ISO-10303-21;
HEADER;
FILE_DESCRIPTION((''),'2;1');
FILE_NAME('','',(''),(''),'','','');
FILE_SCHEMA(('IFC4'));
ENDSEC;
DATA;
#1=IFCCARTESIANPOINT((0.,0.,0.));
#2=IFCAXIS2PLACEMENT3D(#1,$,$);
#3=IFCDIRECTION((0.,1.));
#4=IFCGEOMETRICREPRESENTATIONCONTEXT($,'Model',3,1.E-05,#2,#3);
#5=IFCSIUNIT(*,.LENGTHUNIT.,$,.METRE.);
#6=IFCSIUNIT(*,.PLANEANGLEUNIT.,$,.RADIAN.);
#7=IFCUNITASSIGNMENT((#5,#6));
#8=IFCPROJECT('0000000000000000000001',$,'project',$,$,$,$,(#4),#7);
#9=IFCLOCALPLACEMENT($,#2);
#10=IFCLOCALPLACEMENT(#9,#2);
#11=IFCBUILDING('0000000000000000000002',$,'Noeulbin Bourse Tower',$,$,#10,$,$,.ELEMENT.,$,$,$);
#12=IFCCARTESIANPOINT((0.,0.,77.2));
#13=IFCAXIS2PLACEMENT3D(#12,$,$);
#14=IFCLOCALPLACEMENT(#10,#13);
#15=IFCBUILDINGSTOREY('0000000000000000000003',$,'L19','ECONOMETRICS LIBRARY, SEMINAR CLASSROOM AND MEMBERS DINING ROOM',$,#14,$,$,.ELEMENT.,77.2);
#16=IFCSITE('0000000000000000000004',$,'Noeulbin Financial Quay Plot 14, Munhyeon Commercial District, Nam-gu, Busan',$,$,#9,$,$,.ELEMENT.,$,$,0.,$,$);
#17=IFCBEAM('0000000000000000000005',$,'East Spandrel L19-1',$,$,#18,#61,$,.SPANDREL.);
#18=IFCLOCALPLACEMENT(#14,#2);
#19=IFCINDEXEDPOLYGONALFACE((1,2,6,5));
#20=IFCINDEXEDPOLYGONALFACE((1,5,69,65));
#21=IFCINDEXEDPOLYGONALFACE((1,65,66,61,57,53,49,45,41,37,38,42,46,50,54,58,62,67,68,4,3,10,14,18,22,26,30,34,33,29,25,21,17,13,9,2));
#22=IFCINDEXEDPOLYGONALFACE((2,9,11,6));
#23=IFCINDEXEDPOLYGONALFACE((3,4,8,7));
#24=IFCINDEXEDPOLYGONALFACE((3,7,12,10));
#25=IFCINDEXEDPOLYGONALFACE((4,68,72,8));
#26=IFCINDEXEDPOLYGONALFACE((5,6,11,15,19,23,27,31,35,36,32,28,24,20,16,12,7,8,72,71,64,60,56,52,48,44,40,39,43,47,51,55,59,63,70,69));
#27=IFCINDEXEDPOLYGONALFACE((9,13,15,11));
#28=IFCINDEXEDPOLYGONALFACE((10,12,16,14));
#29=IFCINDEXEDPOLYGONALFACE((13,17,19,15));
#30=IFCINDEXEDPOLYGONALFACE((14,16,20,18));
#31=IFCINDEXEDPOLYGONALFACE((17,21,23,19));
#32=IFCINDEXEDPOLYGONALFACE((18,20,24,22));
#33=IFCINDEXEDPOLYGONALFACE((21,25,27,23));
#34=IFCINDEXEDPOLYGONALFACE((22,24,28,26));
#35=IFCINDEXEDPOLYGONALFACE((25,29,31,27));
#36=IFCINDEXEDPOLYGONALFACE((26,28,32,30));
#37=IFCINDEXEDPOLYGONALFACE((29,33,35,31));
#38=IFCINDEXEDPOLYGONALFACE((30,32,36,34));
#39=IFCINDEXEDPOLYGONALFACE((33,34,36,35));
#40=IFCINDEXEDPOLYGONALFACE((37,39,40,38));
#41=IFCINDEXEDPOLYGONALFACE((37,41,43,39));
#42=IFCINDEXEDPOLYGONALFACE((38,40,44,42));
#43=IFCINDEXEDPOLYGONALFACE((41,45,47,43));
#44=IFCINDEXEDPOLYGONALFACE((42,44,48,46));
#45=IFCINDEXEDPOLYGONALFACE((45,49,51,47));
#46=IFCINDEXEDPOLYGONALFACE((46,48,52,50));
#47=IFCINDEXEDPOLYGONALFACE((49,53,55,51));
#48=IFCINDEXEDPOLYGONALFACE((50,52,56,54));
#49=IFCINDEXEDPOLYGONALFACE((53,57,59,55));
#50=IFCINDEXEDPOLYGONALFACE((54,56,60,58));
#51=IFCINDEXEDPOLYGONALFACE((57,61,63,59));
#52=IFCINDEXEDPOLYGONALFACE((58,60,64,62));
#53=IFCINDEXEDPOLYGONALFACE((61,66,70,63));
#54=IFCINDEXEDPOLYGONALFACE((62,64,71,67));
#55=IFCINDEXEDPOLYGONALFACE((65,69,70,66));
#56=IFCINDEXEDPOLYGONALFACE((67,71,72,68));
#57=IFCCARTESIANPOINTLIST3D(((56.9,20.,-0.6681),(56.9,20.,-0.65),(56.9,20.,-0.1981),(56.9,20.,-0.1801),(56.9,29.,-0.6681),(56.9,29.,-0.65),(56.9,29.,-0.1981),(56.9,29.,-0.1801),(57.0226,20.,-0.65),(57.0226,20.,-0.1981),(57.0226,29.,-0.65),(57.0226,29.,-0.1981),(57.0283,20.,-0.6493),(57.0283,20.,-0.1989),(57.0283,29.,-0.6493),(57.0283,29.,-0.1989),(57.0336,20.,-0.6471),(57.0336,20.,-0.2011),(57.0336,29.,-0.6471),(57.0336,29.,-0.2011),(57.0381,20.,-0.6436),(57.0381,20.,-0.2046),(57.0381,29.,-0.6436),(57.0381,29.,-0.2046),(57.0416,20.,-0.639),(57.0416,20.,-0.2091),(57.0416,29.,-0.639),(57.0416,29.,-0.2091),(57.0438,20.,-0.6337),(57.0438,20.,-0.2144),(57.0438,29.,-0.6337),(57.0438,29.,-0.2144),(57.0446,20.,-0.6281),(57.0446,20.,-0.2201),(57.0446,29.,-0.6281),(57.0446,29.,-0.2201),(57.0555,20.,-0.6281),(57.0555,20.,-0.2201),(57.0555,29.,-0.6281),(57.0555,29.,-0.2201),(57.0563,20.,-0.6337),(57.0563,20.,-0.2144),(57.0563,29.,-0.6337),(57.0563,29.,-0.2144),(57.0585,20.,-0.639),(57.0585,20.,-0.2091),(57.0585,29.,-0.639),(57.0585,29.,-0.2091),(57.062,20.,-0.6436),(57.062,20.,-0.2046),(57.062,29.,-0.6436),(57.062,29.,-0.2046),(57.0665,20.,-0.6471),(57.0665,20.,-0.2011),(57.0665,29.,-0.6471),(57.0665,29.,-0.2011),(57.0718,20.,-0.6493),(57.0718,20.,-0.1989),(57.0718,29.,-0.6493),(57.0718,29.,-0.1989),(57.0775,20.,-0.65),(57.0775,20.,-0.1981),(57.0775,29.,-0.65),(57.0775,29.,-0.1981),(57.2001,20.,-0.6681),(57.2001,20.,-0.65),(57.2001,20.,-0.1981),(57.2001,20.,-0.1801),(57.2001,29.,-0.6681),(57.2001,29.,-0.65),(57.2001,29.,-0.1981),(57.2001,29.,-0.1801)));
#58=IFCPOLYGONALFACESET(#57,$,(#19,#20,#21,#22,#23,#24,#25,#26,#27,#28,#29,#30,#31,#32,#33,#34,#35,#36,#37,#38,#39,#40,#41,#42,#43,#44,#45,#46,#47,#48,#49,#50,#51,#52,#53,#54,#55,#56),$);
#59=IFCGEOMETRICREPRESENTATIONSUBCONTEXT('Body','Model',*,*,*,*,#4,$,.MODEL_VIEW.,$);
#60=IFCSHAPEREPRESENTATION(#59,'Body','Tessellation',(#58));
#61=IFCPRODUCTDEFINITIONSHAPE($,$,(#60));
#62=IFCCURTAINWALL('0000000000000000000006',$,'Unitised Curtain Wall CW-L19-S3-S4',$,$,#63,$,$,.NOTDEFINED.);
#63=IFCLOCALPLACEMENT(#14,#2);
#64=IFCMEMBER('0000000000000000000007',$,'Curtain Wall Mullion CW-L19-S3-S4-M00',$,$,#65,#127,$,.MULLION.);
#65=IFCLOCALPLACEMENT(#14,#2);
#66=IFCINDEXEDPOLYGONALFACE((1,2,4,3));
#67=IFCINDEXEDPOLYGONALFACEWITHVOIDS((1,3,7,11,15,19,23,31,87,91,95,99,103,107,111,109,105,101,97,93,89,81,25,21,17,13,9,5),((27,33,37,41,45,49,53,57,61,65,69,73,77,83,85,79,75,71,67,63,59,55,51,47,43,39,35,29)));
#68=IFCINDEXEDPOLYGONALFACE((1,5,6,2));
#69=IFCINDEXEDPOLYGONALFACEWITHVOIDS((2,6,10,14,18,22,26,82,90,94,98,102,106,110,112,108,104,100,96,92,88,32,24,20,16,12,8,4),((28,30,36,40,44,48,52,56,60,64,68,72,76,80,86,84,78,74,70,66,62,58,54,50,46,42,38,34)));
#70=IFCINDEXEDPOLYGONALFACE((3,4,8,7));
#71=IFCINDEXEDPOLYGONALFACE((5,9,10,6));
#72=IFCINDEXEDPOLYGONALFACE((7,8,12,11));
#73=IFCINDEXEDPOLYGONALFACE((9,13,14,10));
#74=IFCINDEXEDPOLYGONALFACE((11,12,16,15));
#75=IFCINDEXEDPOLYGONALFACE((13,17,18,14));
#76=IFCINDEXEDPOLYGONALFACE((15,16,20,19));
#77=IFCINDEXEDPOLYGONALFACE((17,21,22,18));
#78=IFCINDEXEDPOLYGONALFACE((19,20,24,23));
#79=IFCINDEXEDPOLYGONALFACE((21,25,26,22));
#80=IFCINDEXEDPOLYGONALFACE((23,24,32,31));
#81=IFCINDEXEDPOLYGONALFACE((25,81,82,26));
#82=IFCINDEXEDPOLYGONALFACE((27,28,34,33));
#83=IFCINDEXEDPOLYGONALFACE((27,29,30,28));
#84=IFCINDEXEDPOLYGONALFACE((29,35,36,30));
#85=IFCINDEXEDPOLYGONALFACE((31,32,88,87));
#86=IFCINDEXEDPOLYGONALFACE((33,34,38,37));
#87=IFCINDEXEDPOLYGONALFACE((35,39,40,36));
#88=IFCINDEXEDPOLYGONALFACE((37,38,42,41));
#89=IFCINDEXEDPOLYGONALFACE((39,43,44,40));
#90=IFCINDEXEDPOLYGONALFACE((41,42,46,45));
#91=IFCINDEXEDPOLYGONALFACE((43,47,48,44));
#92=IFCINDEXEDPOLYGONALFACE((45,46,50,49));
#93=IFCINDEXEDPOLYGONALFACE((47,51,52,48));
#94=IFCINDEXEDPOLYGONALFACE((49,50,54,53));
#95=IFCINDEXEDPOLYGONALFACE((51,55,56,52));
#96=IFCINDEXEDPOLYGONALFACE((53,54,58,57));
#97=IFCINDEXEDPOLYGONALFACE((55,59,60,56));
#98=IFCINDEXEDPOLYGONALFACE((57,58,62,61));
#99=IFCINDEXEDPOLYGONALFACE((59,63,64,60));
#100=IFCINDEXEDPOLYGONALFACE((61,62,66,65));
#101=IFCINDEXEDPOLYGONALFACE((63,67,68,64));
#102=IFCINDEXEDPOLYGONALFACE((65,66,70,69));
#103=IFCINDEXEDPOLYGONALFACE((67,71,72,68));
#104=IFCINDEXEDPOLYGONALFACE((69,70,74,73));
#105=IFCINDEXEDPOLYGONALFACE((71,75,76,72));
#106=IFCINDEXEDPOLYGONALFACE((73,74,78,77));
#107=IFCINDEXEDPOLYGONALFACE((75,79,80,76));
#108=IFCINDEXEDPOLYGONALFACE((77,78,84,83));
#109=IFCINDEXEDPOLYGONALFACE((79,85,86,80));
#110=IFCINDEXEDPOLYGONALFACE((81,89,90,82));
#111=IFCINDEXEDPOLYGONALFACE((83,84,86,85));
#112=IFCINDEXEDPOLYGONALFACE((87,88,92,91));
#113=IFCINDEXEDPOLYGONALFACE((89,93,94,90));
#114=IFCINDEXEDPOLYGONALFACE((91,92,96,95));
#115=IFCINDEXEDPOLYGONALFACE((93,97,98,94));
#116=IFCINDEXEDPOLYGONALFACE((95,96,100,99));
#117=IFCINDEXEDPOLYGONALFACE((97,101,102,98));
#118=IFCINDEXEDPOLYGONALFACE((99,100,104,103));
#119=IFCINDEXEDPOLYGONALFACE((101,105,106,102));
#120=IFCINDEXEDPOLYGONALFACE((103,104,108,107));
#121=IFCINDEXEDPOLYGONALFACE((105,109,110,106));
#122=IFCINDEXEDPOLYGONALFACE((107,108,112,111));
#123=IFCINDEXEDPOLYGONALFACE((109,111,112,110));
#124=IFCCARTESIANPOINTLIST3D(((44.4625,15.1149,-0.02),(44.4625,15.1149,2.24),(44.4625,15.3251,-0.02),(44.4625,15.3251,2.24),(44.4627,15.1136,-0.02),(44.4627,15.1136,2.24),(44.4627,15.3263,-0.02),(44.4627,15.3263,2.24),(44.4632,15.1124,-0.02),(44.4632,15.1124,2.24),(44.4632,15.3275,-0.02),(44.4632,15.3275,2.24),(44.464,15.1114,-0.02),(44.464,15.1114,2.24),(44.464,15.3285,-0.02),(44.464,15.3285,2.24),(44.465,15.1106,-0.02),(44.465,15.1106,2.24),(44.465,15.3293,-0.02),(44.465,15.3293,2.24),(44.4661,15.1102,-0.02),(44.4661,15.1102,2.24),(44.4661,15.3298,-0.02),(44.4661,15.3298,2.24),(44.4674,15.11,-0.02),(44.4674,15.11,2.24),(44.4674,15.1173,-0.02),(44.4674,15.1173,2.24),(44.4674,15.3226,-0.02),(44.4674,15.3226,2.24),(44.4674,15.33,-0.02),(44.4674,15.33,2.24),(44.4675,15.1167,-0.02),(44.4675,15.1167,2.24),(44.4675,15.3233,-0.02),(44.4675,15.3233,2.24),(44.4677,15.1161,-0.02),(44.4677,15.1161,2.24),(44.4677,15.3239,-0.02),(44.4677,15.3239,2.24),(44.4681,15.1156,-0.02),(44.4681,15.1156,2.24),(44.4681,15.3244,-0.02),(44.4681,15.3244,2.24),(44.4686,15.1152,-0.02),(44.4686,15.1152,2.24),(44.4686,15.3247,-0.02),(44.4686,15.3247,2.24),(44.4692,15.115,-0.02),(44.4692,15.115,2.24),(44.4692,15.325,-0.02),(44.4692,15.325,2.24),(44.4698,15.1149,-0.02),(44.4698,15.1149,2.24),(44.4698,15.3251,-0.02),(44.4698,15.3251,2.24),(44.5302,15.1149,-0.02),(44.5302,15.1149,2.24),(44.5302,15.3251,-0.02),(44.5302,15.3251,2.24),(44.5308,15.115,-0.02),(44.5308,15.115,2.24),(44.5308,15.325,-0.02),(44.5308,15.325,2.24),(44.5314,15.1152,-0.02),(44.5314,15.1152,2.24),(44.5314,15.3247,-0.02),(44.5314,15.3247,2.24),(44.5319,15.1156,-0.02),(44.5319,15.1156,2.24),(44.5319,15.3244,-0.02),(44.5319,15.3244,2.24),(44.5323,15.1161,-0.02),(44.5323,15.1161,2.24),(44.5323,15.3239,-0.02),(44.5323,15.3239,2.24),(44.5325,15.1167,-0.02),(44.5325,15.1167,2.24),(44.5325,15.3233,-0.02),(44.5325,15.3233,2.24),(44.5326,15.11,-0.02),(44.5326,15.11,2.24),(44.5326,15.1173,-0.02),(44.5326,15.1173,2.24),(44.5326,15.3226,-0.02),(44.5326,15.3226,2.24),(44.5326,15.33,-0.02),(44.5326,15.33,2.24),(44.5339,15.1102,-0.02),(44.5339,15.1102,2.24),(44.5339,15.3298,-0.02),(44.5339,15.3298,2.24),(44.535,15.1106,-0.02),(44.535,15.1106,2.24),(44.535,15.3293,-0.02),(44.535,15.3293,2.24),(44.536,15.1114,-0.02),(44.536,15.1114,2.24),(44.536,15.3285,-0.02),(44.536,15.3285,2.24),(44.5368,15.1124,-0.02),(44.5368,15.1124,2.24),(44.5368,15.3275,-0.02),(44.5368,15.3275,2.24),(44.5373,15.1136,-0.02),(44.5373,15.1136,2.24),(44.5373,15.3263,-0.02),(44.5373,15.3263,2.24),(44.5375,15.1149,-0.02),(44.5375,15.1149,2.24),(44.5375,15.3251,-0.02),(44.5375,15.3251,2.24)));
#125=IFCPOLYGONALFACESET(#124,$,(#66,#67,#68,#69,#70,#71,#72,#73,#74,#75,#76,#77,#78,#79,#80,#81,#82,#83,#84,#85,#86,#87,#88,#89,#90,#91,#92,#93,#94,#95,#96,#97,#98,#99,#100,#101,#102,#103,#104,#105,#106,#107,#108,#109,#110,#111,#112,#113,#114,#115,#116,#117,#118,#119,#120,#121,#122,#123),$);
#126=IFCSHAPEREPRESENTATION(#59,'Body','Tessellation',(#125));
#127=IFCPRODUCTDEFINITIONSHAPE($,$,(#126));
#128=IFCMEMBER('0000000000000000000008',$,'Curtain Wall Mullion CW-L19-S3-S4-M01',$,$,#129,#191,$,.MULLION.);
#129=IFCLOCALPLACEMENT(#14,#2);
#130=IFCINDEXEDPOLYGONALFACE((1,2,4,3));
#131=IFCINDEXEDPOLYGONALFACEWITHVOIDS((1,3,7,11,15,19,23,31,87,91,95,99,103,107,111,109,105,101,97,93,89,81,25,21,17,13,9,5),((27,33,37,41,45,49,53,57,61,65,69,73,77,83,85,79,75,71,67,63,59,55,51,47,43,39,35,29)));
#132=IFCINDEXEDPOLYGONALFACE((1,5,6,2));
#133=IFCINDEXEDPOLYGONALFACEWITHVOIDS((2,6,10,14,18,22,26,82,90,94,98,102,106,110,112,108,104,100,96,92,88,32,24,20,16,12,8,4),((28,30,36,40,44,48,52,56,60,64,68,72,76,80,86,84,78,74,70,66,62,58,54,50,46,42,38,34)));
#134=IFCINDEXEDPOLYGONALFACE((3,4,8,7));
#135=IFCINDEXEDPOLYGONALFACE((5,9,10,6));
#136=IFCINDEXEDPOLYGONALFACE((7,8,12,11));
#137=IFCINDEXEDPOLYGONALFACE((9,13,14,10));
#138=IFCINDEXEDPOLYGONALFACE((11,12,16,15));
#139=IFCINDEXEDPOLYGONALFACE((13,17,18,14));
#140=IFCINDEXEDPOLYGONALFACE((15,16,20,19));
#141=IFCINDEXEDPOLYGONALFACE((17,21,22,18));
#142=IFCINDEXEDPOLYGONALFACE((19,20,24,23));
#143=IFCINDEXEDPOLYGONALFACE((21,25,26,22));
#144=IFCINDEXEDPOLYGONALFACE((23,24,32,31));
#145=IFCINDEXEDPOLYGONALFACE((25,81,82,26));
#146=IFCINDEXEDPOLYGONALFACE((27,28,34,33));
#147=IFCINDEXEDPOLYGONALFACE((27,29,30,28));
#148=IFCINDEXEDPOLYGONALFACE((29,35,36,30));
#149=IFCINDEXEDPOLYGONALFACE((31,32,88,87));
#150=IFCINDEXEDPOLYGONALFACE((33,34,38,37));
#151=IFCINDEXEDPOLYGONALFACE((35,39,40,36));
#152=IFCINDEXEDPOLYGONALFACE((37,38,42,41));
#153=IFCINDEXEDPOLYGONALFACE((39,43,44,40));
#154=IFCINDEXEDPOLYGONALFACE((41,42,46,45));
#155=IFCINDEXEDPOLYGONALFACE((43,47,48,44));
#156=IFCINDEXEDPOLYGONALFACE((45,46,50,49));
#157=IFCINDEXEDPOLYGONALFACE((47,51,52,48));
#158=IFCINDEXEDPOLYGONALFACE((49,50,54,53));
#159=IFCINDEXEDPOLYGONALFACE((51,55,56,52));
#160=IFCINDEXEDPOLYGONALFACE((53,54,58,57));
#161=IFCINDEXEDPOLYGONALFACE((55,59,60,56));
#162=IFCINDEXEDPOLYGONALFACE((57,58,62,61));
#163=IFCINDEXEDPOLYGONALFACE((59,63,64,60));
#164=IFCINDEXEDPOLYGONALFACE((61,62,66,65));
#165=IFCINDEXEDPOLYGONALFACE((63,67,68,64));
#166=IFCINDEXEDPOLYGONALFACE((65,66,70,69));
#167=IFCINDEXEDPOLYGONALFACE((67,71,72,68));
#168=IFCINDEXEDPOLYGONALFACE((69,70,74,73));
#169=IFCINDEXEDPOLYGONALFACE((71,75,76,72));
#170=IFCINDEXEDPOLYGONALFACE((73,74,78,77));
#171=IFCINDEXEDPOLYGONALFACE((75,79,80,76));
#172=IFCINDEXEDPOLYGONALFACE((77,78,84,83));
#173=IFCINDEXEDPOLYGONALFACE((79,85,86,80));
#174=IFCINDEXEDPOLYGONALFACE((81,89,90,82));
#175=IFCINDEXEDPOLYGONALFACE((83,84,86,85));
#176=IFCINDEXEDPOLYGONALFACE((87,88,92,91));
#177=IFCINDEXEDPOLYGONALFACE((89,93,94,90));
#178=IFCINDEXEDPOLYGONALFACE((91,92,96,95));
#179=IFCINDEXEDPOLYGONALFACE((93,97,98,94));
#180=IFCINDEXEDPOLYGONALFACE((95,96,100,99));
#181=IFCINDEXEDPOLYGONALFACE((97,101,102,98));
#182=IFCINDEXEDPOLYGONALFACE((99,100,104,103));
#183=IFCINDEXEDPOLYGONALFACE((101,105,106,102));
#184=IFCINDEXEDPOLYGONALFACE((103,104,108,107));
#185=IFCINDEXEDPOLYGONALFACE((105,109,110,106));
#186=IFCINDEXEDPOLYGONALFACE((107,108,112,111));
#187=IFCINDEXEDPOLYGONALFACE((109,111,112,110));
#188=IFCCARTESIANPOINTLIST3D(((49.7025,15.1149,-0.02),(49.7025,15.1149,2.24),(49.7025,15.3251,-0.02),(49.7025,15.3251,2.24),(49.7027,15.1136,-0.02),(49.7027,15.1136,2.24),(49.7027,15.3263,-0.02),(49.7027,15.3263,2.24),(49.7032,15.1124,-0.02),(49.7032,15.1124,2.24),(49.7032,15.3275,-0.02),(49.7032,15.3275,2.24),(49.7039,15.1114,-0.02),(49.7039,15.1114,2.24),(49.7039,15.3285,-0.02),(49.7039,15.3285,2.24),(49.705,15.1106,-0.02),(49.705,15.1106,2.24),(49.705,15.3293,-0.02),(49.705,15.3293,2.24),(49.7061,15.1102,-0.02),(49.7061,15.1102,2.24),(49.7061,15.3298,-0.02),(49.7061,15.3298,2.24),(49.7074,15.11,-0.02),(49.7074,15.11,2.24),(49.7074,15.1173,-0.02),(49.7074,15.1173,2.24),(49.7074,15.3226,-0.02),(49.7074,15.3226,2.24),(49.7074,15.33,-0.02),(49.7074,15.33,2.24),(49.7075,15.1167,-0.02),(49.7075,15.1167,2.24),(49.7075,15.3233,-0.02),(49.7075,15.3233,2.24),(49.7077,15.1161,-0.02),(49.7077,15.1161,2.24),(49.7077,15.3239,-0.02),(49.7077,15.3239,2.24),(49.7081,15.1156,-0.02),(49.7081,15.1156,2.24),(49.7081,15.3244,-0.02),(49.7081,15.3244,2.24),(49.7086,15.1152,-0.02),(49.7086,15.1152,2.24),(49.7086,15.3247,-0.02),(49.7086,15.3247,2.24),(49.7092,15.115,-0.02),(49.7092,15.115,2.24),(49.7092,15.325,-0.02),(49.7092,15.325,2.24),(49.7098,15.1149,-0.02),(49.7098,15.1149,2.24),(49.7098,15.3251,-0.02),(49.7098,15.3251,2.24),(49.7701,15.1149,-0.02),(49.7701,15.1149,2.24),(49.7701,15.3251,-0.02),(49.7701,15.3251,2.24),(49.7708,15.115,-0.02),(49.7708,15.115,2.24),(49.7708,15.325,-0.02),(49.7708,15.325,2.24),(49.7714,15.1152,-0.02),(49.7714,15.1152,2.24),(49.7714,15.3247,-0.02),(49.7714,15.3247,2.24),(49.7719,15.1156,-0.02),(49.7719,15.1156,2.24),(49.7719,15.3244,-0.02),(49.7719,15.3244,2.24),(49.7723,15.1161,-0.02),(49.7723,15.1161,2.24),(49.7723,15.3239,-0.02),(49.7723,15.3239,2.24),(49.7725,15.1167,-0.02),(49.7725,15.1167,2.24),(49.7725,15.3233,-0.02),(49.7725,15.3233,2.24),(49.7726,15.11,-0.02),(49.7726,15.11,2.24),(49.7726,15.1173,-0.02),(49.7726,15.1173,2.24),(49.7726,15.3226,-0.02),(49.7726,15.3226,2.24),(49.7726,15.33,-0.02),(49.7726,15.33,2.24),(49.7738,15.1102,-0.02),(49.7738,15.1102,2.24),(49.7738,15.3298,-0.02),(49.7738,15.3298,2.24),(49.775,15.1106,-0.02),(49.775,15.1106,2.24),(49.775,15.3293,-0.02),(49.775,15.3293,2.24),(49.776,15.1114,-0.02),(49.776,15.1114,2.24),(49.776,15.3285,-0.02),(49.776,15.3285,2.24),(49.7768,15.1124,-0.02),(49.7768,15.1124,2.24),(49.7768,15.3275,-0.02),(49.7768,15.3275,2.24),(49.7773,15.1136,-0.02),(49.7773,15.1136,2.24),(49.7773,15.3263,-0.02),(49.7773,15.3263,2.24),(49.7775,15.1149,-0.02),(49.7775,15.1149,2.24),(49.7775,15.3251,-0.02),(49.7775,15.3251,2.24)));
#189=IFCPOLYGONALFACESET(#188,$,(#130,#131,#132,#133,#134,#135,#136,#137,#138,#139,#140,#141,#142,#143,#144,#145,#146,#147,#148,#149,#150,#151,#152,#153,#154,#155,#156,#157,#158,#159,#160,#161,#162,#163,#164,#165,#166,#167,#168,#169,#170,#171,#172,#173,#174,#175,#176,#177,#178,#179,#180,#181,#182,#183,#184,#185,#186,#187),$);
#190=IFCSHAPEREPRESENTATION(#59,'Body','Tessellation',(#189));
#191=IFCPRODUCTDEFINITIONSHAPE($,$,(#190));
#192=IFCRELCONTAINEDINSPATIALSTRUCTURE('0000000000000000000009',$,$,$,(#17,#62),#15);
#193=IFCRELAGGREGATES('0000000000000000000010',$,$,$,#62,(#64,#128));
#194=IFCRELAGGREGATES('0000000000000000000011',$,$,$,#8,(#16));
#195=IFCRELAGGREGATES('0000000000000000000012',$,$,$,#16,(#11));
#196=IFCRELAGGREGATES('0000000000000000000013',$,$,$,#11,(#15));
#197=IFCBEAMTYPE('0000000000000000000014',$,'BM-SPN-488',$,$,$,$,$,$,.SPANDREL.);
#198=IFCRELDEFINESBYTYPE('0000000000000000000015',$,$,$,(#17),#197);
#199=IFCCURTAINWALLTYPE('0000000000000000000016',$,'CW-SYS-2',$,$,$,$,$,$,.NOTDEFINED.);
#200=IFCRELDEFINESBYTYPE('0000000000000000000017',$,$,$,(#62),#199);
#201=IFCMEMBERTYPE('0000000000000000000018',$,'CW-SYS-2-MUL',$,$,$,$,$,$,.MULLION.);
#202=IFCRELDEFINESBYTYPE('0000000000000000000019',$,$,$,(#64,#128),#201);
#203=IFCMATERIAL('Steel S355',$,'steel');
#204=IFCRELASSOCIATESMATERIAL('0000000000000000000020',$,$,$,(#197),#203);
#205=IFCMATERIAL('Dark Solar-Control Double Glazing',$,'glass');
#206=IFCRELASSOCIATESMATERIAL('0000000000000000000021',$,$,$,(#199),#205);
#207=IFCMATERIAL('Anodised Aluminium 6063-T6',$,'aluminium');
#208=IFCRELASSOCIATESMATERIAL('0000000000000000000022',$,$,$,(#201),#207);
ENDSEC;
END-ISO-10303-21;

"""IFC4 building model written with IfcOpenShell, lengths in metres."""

from ifc_helpers import new_model, si_unit, direction, frame, origin, origin_2d, place, context, subcontext, project, spatial, hollow_rectangle, i_section, extrude, material, material_profile, profile_set, type_object, element, aggregate, save


model = new_model("IFC4")

# Units and contexts
model_context = context("Model", 3, precision=1e-05, world=origin(), true_north=direction((0.0, 1.0)))
body_context = subcontext(model_context, "Body", "Model", "MODEL_VIEW")
ifc_project = project(units=[si_unit("LENGTHUNIT", "METRE"), si_unit("PLANEANGLEUNIT", "RADIAN")], contexts=[model_context])

# Site, building, storey
site_placement = place(None, origin())
site = spatial("IfcSite", under=ifc_project, at=site_placement, Name="Noeulbin Financial Quay Plot 14, Munhyeon Commercial District, Nam-gu, Busan", CompositionType="ELEMENT", RefElevation=0.0)
building_placement = place(site_placement, origin())
building = spatial("IfcBuilding", under=site, at=building_placement, Name="Noeulbin Bourse Tower", CompositionType="ELEMENT")
storey_placement = place(building_placement, frame((0.0, 0.0, 77.2)))
storey = spatial("IfcBuildingStorey", under=building, at=storey_placement, Name="L19", Description="ECONOMETRICS LIBRARY, SEMINAR CLASSROOM AND MEMBERS DINING ROOM", CompositionType="ELEMENT", Elevation=77.2)

# Beam
ifc_material_1 = material(Name="Steel S355", Category="steel")
ifc_material_profile_1 = material_profile(ifc_material_1, i_section(OverallWidth=0.3, OverallDepth=0.488, WebThickness=0.011, FlangeThickness=0.0181, FilletRadius=0.022, at=origin_2d()), Name="H-488x300x11x18", Category="LoadBearing")
ifc_profile_set_1 = profile_set([ifc_material_profile_1], Name="Steel S355")
beam_type_1 = type_object("IfcBeamType", Name="BM-SPN-488", PredefinedType="SPANDREL", material=ifc_profile_set_1)
beam_placement = place(storey_placement, frame((57.05, 20.0, -0.4241), z_axis=(0.0, 1.0, 0.0), x_axis=(-1.0, 0.0, 0.0)))
element("IfcBeam", 1, at=beam_placement, inside=storey, type_object=beam_type_1, Name="East Spandrel L19-1", PredefinedType="SPANDREL", context=body_context, shape_type="SweptSolid", body=[
    extrude(i_section(OverallWidth=0.3, OverallDepth=0.488, WebThickness=0.011, FlangeThickness=0.0181, FilletRadius=0.022, at=origin_2d()), origin(), (0.0, 0.0, 1.0), 9.0),
])

# Curtain wall, members
ifc_material_2 = material(Name="Dark Solar-Control Double Glazing", Category="glass")
curtain_wall_type = type_object("IfcCurtainWallType", Name="CW-SYS-2", PredefinedType="NOTDEFINED", material=ifc_material_2)
curtain_wall_1_placement = place(storey_placement, origin())
curtain_wall_1 = element("IfcCurtainWall", 2, at=curtain_wall_1_placement, inside=storey, type_object=curtain_wall_type, Name="Unitised Curtain Wall CW-L19-S3-S4", PredefinedType="NOTDEFINED")
ifc_material_3 = material(Name="Anodised Aluminium 6063-T6", Category="aluminium")
ifc_material_profile_2 = material_profile(ifc_material_3, hollow_rectangle(XDim=0.075, YDim=0.22, WallThickness=0.0049, InnerFilletRadius=0.0024, OuterFilletRadius=0.0049, at=origin_2d()), Name="ALU-MULL-75x220x5", Category="LoadBearing")
ifc_profile_set_2 = profile_set([ifc_material_profile_2], Name="Anodised Aluminium 6063-T6")
member_type_1 = type_object("IfcMemberType", Name="CW-SYS-2-MUL", PredefinedType="MULLION", material=ifc_profile_set_2)
member_1_placement = place(storey_placement, frame((44.5, 15.22, -0.02), z_axis=(0.0, 0.0, 1.0), x_axis=(1.0, 0.0, 0.0)))
member_1 = element("IfcMember", 3, at=member_1_placement, type_object=member_type_1, Name="Curtain Wall Mullion CW-L19-S3-S4-M00", PredefinedType="MULLION", context=body_context, shape_type="SweptSolid", body=[
    extrude(hollow_rectangle(XDim=0.075, YDim=0.22, WallThickness=0.0049, InnerFilletRadius=0.0024, OuterFilletRadius=0.0049, at=origin_2d()), origin(), (0.0, 0.0, 1.0), 2.26),
])
member_2_placement = place(storey_placement, frame((49.74, 15.22, -0.02), z_axis=(0.0, 0.0, 1.0), x_axis=(1.0, 0.0, 0.0)))
member_2 = element("IfcMember", 4, at=member_2_placement, type_object=member_type_1, Name="Curtain Wall Mullion CW-L19-S3-S4-M01", PredefinedType="MULLION", context=body_context, shape_type="SweptSolid", body=[
    extrude(hollow_rectangle(XDim=0.075, YDim=0.22, WallThickness=0.0049, InnerFilletRadius=0.0024, OuterFilletRadius=0.0049, at=origin_2d()), origin(), (0.0, 0.0, 1.0), 2.26),
])

aggregate(curtain_wall_1, [member_1, member_2])

save(model, "model.ifc")
